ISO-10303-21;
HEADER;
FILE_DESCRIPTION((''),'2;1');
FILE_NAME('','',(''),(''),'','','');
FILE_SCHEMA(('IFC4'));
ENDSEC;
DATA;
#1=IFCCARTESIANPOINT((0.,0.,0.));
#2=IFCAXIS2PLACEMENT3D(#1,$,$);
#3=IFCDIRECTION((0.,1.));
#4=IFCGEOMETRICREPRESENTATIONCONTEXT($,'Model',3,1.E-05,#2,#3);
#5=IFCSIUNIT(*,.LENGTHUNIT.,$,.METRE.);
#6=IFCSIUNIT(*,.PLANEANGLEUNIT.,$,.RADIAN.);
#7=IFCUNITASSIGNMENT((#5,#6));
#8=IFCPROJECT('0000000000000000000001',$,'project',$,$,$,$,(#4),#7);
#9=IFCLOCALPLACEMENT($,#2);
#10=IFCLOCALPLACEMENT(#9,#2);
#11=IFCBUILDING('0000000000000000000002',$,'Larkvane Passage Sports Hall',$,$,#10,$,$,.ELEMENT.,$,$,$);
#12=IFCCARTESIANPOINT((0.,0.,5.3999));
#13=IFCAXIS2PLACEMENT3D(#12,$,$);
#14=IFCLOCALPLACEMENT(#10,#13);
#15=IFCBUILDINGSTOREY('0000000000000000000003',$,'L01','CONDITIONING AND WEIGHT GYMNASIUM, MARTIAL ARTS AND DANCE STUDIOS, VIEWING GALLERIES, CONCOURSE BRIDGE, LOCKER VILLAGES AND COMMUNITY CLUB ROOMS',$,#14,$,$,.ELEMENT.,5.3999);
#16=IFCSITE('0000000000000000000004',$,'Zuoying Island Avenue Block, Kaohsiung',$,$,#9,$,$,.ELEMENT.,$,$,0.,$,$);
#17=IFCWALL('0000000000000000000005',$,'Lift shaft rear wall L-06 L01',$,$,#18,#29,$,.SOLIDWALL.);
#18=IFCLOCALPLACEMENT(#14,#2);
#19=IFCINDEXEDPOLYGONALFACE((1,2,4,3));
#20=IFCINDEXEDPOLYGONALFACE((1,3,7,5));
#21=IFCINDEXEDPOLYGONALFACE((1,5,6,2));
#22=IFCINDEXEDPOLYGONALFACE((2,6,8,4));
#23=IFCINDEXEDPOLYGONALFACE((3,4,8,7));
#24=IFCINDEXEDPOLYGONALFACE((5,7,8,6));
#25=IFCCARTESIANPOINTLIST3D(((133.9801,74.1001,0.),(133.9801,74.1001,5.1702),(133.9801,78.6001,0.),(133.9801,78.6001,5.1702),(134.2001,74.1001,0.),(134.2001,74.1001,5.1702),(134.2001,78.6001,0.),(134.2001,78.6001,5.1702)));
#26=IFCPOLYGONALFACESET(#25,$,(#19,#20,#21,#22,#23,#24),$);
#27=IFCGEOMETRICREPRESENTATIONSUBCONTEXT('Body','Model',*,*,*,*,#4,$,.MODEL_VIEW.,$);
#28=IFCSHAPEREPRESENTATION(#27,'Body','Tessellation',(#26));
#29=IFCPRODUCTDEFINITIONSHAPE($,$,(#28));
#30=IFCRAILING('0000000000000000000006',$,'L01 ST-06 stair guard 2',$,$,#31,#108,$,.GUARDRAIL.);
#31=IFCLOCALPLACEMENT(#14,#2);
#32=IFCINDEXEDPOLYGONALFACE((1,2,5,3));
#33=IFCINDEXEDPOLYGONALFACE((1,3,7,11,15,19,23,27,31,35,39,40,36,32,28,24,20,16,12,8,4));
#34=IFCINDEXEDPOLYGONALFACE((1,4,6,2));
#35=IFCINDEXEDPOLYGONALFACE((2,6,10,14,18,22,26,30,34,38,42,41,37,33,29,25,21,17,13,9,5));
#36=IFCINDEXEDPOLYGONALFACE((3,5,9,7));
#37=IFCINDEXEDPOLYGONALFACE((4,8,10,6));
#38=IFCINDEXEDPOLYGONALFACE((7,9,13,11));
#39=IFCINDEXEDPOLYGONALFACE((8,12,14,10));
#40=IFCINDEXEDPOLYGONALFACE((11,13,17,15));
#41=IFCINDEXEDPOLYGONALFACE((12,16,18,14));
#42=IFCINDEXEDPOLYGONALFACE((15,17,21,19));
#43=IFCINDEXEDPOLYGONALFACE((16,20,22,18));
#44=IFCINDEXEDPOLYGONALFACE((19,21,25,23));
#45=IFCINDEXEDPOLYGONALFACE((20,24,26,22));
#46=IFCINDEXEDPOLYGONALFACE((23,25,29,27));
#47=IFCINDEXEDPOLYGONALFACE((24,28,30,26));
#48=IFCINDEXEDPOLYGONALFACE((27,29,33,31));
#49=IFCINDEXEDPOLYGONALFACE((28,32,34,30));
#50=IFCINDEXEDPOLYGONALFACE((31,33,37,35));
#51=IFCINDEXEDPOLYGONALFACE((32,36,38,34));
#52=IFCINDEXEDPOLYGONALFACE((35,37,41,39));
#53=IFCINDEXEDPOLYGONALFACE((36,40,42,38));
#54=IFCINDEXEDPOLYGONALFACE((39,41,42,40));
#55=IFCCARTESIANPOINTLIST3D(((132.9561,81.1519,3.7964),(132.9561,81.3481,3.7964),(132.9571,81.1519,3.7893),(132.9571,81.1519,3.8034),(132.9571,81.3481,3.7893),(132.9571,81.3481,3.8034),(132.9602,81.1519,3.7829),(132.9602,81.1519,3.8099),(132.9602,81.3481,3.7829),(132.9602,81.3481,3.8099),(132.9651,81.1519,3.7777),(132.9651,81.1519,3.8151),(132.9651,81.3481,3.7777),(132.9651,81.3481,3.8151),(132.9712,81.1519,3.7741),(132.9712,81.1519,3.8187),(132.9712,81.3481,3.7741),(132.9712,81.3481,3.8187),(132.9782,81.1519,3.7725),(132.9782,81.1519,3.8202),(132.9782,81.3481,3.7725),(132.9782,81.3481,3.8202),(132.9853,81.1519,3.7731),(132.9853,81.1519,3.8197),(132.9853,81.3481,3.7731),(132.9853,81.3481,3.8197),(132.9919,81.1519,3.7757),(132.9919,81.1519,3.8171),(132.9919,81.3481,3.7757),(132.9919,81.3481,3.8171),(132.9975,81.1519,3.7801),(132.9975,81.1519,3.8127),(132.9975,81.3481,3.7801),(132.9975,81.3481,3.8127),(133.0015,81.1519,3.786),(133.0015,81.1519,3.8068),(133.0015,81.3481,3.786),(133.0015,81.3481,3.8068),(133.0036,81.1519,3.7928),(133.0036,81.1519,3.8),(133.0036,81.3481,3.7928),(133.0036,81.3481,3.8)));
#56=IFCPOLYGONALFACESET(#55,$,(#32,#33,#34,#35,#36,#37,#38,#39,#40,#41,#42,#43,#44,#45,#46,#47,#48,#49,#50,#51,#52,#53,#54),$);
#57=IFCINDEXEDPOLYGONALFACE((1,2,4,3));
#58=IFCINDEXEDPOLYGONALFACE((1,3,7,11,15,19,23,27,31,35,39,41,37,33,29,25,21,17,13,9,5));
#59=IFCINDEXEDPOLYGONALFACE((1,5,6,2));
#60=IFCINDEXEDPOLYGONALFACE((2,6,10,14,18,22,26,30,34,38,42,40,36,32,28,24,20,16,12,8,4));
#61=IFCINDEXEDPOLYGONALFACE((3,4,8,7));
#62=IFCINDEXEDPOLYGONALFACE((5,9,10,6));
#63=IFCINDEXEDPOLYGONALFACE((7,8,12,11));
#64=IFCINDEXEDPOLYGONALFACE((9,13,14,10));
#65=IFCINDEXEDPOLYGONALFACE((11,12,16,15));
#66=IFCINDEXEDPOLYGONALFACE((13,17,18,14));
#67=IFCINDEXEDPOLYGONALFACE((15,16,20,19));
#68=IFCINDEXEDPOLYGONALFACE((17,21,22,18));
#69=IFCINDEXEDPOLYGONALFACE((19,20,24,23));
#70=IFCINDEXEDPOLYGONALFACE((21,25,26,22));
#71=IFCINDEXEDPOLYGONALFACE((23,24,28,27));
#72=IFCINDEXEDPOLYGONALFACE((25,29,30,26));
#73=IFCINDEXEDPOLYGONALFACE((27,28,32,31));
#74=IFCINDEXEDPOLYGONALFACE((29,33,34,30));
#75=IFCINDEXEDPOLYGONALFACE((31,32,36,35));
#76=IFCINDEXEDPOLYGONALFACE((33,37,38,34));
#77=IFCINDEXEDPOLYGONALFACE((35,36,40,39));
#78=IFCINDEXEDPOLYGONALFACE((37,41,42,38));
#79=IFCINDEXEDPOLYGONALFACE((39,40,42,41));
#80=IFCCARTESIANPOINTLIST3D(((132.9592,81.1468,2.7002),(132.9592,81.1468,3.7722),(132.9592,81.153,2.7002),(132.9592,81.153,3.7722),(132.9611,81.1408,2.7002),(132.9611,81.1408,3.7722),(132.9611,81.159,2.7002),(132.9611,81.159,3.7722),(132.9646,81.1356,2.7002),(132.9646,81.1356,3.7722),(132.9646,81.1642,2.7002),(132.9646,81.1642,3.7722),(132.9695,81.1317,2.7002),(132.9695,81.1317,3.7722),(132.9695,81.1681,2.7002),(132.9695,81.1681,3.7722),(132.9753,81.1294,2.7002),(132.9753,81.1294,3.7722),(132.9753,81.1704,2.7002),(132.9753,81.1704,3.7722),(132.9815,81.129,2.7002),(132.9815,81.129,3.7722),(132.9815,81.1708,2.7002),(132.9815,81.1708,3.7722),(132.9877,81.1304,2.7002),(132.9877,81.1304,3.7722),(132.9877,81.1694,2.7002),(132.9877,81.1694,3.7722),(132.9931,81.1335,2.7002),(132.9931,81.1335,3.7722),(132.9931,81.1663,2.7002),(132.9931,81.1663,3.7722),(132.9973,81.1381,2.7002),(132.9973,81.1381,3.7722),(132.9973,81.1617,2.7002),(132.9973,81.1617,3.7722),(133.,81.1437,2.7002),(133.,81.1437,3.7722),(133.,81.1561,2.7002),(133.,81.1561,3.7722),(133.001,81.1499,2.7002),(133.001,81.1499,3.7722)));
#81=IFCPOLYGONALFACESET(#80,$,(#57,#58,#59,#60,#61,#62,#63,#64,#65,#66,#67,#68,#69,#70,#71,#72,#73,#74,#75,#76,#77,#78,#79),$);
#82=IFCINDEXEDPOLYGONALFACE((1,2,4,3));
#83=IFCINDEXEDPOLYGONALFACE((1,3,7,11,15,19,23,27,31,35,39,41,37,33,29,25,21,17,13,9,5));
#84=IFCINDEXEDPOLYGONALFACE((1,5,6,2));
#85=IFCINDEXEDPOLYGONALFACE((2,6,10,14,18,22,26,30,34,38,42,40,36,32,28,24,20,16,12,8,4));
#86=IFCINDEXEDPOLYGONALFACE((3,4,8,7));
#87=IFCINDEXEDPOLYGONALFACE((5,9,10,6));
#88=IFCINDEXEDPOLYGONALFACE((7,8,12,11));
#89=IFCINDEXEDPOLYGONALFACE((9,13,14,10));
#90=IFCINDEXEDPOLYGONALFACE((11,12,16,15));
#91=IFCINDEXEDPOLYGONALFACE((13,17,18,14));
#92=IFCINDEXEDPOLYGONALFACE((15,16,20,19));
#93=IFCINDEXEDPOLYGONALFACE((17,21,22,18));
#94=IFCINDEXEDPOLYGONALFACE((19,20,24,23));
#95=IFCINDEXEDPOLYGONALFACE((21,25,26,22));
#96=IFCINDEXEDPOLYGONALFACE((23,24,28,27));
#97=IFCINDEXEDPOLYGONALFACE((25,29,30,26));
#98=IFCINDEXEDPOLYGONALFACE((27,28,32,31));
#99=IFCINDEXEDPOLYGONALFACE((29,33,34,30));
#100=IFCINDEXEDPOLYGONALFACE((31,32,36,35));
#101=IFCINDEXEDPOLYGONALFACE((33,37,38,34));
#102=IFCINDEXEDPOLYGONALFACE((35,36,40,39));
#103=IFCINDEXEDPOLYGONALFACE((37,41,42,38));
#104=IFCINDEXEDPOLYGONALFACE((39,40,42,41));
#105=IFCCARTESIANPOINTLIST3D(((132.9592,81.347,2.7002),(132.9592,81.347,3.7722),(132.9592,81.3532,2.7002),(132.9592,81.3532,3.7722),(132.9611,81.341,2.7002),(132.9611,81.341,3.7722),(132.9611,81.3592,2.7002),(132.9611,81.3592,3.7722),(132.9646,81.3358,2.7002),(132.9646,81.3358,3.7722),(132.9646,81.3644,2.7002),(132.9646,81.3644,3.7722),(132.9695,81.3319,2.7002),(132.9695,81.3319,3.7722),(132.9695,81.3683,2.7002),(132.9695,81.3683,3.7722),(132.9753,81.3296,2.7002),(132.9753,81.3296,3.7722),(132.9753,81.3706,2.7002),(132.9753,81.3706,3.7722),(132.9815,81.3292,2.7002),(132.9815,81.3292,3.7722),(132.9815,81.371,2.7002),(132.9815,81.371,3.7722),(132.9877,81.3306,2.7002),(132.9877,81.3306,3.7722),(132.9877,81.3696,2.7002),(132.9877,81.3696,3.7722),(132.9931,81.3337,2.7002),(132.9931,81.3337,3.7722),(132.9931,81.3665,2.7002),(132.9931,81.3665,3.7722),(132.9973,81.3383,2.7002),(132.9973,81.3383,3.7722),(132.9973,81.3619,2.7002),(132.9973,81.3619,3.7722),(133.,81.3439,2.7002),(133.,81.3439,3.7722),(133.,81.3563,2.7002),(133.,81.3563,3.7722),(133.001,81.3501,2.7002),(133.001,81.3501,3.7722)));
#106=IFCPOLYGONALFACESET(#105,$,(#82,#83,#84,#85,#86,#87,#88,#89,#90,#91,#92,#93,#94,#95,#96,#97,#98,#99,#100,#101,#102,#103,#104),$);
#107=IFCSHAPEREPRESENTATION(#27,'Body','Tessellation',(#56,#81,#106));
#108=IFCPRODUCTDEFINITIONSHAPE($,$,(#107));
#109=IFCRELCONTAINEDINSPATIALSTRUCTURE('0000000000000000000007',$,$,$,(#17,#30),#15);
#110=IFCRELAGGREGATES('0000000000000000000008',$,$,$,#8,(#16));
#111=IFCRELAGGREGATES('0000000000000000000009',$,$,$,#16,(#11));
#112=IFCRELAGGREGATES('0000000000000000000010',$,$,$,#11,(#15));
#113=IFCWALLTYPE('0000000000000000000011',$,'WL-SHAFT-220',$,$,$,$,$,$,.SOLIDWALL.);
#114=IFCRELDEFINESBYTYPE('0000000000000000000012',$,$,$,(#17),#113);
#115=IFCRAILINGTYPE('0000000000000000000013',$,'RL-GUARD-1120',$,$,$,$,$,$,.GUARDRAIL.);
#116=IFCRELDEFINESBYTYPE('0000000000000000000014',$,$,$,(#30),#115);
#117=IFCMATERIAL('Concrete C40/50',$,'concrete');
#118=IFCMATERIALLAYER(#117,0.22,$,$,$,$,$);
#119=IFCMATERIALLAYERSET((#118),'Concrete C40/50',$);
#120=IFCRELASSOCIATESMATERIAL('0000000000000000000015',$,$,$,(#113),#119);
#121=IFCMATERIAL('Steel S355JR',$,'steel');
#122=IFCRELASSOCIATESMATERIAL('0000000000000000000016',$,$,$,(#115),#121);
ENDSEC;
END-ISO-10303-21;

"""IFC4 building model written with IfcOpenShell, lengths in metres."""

from ifc_helpers import new_model, si_unit, direction, frame, frame_2d, origin, origin_2d, place, context, subcontext, project, spatial, rectangle, circle, extrude, material, layer, layer_set, type_object, element, save


model = new_model("IFC4")

# Units and contexts
model_context = context("Model", 3, precision=1e-05, world=origin(), true_north=direction((0.0, 1.0)))
body_context = subcontext(model_context, "Body", "Model", "MODEL_VIEW")
ifc_project = project(units=[si_unit("LENGTHUNIT", "METRE"), si_unit("PLANEANGLEUNIT", "RADIAN")], contexts=[model_context])

# Site, building, storey
site_placement = place(None, origin())
site = spatial("IfcSite", under=ifc_project, at=site_placement, Name="Zuoying Island Avenue Block, Kaohsiung", CompositionType="ELEMENT", RefElevation=0.0)
building_placement = place(site_placement, origin())
building = spatial("IfcBuilding", under=site, at=building_placement, Name="Larkvane Passage Sports Hall", CompositionType="ELEMENT")
storey_placement = place(building_placement, frame((0.0, 0.0, 5.3999)))
storey = spatial("IfcBuildingStorey", under=building, at=storey_placement, Name="L01", Description="CONDITIONING AND WEIGHT GYMNASIUM, MARTIAL ARTS AND DANCE STUDIOS, VIEWING GALLERIES, CONCOURSE BRIDGE, LOCKER VILLAGES AND COMMUNITY CLUB ROOMS", CompositionType="ELEMENT", Elevation=5.3999)

# Shared definitions
ifc_material_1 = material(Name="Steel S355JR", Category="steel")

# Wall
ifc_material_2 = material(Name="Concrete C40/50", Category="concrete")
ifc_layer_1 = layer(ifc_material_2, 0.22)
ifc_layer_set_1 = layer_set([ifc_layer_1], Name="Concrete C40/50")
wall_type_1 = type_object("IfcWallType", Name="WL-SHAFT-220", PredefinedType="SOLIDWALL", material=ifc_layer_set_1)
wall_1_placement = place(storey_placement, frame((134.0901, 74.1001, 0.0), z_axis=(0.0, 0.0, 1.0), x_axis=(0.0, 1.0, 0.0)))
element("IfcWall", 1, at=wall_1_placement, inside=storey, type_object=wall_type_1, Name="Lift shaft rear wall L-06 L01", PredefinedType="SOLIDWALL", context=body_context, shape_type="SweptSolid", body=[
    extrude(rectangle(XDim=4.5, YDim=0.22, at=frame_2d((2.25, 0.0))), origin(), (0.0, 0.0, 1.0), 5.1702),
])

# Railing
railing_type = type_object("IfcRailingType", Name="RL-GUARD-1120", PredefinedType="GUARDRAIL", material=ifc_material_1)
railing_1_placement = place(storey_placement, frame((132.98, 81.1499, 2.7002)))
element("IfcRailing", 2, at=railing_1_placement, inside=storey, type_object=railing_type, Name="L01 ST-06 stair guard 2", PredefinedType="GUARDRAIL", context=body_context, shape_type="SweptSolid", body=[
    extrude(circle(Radius=0.0239, at=origin_2d()), frame((0.0, 0.002, 1.0962), z_axis=(0.0, 1.0, 0.0), x_axis=(-1.0, 0.0, 0.0)), (0.0, 0.0, 1.0), 0.1963),
    extrude(circle(Radius=0.021, at=origin_2d()), origin(), (0.0, 0.0, 1.0), 1.072),
    extrude(circle(Radius=0.021, at=origin_2d()), frame((0.0, 0.2002, 0.0)), (0.0, 0.0, 1.0), 1.072),
])

save(model, "model.ifc")
